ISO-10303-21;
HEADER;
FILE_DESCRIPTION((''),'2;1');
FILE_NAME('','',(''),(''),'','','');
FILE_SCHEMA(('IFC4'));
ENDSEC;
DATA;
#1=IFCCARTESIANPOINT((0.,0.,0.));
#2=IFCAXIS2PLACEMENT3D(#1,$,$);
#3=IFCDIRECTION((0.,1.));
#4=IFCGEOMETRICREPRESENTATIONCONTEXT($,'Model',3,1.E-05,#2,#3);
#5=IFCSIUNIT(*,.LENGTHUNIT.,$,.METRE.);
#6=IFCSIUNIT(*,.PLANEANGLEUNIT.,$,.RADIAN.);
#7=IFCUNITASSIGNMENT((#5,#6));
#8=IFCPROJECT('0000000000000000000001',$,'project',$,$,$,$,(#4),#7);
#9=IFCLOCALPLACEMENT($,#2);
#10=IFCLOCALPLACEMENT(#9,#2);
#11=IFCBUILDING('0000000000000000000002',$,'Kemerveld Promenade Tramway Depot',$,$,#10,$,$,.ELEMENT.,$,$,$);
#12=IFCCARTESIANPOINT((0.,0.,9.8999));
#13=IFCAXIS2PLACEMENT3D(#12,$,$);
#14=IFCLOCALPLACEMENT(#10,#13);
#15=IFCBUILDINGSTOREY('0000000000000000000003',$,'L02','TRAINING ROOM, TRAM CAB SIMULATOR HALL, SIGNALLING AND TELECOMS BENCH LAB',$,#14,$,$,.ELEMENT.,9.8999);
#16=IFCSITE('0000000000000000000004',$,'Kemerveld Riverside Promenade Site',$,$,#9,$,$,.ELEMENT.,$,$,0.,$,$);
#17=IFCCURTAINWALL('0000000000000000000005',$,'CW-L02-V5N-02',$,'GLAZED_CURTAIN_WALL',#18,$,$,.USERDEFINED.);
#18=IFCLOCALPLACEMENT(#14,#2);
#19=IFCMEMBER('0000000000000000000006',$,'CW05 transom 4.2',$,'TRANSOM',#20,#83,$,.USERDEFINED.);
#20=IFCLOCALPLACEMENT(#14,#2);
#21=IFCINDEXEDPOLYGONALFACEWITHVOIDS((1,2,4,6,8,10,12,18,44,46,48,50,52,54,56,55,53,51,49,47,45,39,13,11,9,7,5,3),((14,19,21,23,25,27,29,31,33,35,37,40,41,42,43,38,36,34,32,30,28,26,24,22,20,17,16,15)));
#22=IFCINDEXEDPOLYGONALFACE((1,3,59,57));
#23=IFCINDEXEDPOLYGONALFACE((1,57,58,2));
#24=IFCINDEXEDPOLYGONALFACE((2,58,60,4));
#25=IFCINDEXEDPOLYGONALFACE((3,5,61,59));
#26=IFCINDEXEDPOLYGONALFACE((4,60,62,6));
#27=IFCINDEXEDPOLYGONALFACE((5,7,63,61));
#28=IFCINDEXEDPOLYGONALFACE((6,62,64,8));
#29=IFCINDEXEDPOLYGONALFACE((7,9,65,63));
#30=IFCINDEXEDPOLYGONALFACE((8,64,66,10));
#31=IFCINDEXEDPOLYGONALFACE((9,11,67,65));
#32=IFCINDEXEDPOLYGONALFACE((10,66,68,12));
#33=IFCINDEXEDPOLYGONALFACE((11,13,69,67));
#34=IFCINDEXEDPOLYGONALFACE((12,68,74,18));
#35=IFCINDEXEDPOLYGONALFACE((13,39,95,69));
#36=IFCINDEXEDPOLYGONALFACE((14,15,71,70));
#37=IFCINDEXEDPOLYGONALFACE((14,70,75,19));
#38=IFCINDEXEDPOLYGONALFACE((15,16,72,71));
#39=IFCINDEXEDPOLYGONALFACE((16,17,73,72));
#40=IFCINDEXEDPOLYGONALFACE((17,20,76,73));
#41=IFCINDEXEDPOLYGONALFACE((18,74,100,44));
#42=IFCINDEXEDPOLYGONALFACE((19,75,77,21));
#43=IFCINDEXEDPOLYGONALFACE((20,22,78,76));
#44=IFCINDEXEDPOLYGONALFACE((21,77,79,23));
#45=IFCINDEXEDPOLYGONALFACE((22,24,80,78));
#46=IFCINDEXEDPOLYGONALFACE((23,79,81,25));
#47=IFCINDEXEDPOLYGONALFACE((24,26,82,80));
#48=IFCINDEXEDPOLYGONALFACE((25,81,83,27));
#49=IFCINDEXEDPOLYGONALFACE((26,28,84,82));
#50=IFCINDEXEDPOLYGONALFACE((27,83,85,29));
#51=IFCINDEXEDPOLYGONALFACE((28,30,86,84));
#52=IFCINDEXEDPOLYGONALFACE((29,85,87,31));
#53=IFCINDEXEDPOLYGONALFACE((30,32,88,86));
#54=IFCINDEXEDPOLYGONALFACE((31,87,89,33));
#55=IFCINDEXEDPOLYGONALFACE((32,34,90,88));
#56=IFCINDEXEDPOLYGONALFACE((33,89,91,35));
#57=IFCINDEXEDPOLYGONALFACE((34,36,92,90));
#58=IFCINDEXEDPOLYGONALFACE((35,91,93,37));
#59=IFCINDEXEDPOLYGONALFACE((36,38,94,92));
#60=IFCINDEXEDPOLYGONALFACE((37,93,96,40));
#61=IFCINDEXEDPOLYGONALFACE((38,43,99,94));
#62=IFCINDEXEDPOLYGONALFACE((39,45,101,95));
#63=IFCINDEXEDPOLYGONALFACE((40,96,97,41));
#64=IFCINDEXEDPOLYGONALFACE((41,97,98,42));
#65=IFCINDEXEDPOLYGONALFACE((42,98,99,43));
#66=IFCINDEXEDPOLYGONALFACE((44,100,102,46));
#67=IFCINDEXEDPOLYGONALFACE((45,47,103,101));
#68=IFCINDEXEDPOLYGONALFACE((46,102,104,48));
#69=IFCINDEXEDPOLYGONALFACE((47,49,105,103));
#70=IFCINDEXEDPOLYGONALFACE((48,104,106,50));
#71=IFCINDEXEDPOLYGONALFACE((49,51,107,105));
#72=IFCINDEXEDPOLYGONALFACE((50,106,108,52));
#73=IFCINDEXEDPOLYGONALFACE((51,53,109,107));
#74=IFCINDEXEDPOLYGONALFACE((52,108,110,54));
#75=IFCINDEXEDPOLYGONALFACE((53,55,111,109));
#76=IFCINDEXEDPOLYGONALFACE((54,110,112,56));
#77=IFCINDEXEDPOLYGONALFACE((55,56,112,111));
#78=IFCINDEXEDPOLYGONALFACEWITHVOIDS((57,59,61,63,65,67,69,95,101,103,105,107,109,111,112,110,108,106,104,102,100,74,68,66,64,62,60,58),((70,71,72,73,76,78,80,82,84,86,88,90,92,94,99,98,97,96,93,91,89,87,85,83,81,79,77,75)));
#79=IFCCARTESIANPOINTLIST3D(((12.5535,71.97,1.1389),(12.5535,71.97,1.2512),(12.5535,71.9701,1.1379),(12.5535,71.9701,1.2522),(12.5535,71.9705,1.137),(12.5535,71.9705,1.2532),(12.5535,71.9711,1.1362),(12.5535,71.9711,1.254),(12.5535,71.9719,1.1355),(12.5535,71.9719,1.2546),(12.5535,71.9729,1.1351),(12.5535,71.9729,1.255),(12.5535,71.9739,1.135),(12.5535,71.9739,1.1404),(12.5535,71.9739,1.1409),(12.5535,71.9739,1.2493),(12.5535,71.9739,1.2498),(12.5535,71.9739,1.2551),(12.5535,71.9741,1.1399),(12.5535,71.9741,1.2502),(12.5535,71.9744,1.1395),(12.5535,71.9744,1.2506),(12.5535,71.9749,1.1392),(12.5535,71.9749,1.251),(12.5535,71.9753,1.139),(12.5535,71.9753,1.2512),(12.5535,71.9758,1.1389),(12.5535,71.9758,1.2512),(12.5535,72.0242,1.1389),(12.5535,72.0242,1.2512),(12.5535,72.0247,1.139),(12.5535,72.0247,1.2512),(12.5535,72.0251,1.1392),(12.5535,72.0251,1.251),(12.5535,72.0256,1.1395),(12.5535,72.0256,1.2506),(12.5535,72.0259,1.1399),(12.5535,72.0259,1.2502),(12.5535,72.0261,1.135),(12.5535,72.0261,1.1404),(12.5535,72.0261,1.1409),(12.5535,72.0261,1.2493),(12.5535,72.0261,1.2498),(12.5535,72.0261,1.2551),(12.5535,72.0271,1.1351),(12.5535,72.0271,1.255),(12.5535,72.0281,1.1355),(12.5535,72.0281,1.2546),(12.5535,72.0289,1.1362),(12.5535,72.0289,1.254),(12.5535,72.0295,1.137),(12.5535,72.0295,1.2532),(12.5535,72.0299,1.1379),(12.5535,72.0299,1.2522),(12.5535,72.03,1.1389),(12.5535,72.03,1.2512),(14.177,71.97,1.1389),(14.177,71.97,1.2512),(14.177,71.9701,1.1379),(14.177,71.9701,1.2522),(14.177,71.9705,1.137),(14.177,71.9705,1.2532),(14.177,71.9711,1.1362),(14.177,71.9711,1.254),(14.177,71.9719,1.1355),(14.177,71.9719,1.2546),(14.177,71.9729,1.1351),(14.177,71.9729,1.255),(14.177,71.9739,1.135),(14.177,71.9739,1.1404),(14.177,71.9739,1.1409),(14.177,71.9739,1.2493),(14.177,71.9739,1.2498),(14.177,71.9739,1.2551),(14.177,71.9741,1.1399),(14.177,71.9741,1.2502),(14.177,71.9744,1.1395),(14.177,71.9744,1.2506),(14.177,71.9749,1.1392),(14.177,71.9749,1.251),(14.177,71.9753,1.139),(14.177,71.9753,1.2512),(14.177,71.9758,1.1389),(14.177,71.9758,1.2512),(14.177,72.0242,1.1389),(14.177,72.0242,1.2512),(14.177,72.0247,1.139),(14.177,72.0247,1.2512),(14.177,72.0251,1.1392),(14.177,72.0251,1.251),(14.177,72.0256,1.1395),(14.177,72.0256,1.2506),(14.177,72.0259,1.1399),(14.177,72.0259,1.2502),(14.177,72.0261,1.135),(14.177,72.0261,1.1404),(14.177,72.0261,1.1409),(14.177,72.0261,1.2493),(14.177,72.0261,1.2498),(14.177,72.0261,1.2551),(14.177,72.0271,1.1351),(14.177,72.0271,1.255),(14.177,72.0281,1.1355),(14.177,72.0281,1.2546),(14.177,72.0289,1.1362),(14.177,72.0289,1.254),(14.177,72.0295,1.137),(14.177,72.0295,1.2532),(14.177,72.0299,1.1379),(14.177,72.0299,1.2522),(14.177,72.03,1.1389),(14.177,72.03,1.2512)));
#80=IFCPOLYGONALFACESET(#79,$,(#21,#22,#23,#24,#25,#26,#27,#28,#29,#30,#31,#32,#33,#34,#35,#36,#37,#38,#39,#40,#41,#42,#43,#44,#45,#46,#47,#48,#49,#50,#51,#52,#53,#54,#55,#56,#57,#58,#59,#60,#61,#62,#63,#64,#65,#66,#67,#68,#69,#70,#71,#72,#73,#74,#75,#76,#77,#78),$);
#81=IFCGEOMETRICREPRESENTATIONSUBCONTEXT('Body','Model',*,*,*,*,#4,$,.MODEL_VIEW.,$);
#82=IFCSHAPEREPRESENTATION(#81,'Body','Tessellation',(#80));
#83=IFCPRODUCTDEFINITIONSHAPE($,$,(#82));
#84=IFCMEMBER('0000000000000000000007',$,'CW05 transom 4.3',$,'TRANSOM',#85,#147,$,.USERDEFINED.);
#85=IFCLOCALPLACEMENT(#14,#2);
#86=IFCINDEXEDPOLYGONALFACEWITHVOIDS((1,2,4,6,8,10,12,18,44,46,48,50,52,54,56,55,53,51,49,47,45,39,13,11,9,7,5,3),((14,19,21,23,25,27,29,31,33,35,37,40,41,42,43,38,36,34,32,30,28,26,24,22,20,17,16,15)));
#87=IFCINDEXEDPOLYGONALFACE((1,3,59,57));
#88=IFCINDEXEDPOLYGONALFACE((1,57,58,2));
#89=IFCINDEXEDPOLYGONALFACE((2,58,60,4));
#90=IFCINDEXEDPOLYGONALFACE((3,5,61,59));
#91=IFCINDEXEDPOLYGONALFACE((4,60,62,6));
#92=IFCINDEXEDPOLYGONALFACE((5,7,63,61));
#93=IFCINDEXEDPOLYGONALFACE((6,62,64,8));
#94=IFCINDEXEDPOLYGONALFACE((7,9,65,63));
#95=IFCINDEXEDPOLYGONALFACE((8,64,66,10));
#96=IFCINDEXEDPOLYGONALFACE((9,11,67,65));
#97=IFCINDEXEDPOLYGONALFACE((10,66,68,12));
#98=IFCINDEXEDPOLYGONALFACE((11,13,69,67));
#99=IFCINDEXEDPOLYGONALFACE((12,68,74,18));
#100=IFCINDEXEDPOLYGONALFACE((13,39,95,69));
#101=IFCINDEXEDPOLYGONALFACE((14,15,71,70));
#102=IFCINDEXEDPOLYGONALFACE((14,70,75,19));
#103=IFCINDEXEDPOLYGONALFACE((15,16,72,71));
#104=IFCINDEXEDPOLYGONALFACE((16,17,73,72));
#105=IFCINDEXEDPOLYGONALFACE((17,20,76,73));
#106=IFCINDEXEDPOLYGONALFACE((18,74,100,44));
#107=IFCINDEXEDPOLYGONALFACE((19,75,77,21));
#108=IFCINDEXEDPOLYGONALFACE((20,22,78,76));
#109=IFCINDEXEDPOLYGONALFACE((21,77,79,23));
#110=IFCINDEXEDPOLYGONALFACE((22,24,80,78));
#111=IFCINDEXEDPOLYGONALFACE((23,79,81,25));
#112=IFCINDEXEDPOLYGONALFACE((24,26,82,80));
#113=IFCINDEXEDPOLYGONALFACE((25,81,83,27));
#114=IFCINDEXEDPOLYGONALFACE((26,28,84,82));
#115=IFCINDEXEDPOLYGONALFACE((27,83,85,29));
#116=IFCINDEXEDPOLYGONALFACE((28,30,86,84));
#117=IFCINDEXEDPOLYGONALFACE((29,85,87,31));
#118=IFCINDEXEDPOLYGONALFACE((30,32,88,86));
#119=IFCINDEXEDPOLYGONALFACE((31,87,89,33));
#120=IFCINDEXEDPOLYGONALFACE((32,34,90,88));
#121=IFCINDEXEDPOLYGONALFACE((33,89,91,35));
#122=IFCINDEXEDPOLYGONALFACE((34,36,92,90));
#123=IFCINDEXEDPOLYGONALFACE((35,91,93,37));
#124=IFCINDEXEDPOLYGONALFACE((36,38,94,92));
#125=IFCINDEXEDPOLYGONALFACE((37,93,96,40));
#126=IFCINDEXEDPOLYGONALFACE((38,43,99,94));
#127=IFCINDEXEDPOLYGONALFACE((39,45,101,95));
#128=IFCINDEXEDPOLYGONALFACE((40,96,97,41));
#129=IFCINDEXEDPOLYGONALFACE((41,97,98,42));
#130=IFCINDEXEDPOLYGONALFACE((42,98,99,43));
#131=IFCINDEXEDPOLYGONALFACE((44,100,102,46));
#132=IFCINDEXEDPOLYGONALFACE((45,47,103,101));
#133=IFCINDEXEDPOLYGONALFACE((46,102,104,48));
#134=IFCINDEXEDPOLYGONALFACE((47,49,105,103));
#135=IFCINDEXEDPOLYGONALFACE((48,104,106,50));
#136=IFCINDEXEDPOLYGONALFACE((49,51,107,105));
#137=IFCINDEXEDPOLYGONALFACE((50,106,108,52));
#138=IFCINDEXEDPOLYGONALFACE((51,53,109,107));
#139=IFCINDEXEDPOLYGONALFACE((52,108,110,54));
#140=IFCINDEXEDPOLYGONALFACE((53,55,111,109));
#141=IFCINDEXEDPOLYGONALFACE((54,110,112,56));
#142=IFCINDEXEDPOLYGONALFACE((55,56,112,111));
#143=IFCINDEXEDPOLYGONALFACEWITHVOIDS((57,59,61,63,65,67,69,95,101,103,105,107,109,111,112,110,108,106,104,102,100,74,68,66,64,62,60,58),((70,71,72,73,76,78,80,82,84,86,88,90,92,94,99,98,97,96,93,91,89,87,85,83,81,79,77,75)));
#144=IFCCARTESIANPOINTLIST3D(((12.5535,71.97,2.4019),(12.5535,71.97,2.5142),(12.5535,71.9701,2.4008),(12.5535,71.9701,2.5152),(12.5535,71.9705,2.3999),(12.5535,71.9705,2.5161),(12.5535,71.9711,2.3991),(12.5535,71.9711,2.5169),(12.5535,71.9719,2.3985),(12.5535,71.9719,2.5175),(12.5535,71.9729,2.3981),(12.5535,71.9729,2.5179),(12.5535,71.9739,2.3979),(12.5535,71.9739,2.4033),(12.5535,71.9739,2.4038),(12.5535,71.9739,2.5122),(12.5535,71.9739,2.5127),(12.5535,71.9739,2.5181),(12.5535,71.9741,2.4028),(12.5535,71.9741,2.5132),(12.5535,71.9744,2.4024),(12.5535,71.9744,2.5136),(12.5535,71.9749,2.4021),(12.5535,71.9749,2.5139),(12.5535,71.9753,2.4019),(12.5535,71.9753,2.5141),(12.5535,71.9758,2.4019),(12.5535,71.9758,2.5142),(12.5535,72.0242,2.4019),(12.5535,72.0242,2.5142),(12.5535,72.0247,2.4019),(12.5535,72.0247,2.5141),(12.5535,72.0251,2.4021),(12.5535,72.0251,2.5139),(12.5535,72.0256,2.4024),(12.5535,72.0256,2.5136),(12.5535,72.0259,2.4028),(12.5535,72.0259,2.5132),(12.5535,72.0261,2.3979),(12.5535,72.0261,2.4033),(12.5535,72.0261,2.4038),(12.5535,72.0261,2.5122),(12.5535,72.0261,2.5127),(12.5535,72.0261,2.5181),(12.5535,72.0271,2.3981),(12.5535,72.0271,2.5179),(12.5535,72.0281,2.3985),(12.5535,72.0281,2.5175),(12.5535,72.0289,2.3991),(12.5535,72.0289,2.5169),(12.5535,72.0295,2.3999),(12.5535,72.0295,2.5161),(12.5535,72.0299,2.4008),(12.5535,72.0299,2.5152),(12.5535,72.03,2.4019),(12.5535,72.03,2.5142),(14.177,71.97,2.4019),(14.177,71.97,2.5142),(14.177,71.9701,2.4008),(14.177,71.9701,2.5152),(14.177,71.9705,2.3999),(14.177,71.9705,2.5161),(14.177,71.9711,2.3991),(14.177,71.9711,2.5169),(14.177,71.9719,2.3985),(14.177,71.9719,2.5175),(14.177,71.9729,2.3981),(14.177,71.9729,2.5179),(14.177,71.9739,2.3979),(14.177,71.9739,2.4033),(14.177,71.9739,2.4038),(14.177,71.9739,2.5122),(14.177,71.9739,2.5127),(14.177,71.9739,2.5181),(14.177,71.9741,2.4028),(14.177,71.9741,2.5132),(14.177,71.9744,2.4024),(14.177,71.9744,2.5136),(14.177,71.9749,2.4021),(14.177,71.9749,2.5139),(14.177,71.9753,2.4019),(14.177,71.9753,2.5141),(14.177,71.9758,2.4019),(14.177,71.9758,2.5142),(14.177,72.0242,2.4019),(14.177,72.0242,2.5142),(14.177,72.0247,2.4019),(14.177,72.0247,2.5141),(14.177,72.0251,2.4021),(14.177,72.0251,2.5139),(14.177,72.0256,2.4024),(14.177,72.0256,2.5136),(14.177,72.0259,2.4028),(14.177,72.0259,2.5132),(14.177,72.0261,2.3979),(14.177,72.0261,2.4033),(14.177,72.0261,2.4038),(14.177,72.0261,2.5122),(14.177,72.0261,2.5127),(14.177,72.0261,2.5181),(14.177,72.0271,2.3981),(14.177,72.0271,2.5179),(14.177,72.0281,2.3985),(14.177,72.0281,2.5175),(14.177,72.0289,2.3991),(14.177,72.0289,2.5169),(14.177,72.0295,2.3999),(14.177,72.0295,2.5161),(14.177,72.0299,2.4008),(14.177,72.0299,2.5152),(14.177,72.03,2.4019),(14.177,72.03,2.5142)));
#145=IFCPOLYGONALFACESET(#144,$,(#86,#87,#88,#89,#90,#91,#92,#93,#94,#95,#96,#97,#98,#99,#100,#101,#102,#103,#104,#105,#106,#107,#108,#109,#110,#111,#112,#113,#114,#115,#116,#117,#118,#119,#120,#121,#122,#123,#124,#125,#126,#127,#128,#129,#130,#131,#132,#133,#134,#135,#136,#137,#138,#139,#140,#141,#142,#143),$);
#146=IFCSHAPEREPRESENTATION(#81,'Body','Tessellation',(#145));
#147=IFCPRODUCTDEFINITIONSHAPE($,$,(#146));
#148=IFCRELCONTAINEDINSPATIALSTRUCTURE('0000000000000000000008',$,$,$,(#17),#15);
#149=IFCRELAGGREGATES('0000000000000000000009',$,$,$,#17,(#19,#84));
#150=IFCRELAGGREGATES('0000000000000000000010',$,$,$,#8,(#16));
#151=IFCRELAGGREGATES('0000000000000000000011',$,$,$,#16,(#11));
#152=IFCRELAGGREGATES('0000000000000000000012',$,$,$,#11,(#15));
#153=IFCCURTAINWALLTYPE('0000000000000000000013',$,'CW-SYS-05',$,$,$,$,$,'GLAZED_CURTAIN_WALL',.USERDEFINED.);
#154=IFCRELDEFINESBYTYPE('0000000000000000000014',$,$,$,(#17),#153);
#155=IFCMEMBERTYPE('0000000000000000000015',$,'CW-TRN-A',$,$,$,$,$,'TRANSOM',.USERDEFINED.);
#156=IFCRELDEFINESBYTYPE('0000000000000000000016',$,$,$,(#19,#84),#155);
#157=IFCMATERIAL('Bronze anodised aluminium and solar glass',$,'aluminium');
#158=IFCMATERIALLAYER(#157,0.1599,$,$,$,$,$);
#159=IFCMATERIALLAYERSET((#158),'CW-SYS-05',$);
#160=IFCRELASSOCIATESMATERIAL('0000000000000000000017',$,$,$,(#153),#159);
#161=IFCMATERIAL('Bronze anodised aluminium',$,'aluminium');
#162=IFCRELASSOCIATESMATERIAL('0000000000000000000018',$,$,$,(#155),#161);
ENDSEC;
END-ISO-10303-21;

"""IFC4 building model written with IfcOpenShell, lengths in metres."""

from ifc_helpers import new_model, si_unit, direction, frame, origin, origin_2d, place, context, subcontext, project, spatial, hollow_rectangle, extrude, material, layer, layer_set, material_profile, profile_set, type_object, element, aggregate, save


model = new_model("IFC4")

# Units and contexts
model_context = context("Model", 3, precision=1e-05, world=origin(), true_north=direction((0.0, 1.0)))
body_context = subcontext(model_context, "Body", "Model", "MODEL_VIEW")
ifc_project = project(units=[si_unit("LENGTHUNIT", "METRE"), si_unit("PLANEANGLEUNIT", "RADIAN")], contexts=[model_context])

# Site, building, storey
site_placement = place(None, origin())
site = spatial("IfcSite", under=ifc_project, at=site_placement, Name="Kemerveld Riverside Promenade Site", CompositionType="ELEMENT", RefElevation=0.0)
building_placement = place(site_placement, origin())
building = spatial("IfcBuilding", under=site, at=building_placement, Name="Kemerveld Promenade Tramway Depot", CompositionType="ELEMENT")
storey_placement = place(building_placement, frame((0.0, 0.0, 9.8999)))
storey = spatial("IfcBuildingStorey", under=building, at=storey_placement, Name="L02", Description="TRAINING ROOM, TRAM CAB SIMULATOR HALL, SIGNALLING AND TELECOMS BENCH LAB", CompositionType="ELEMENT", Elevation=9.8999)

# Curtain wall
ifc_material_1 = material(Name="Bronze anodised aluminium and solar glass", Category="aluminium")
ifc_layer_1 = layer(ifc_material_1, 0.1599)
ifc_layer_set_1 = layer_set([ifc_layer_1], Name="CW-SYS-05")
curtain_wall_type_1 = type_object("IfcCurtainWallType", Name="CW-SYS-05", ElementType="GLAZED_CURTAIN_WALL", PredefinedType="USERDEFINED", material=ifc_layer_set_1)
curtain_wall_1_placement = place(storey_placement, origin())
curtain_wall_1 = element("IfcCurtainWall", 1, at=curtain_wall_1_placement, inside=storey, type_object=curtain_wall_type_1, Name="CW-L02-V5N-02", ObjectType="GLAZED_CURTAIN_WALL", PredefinedType="USERDEFINED")
ifc_material_2 = material(Name="Bronze anodised aluminium", Category="aluminium")

# Members
ifc_material_profile_1 = material_profile(ifc_material_2, hollow_rectangle(XDim=0.0601, YDim=0.1201, WallThickness=0.0039, InnerFilletRadius=0.002, OuterFilletRadius=0.0039, at=origin_2d()), Name="CW-TRN-120x60")
ifc_profile_set_1 = profile_set([ifc_material_profile_1], Name="Bronze anodised aluminium")
member_type_1 = type_object("IfcMemberType", Name="CW-TRN-A", ElementType="TRANSOM", PredefinedType="USERDEFINED", material=ifc_profile_set_1)
member_1_placement = place(storey_placement, frame((12.5535, 72.0, 1.1951), z_axis=(1.0, 0.0, 0.0), x_axis=(0.0, 1.0, 0.0)))
member_1 = element("IfcMember", 2, at=member_1_placement, type_object=member_type_1, Name="CW05 transom 4.2", ObjectType="TRANSOM", PredefinedType="USERDEFINED", context=body_context, shape_type="SweptSolid", body=[
    extrude(hollow_rectangle(XDim=0.0601, YDim=0.1201, WallThickness=0.0039, InnerFilletRadius=0.002, OuterFilletRadius=0.0039, at=origin_2d()), origin(), (0.0, 0.0, 1.0), 1.6235),
])
member_2_placement = place(storey_placement, frame((12.5535, 72.0, 2.458), z_axis=(1.0, 0.0, 0.0), x_axis=(0.0, 1.0, 0.0)))
member_2 = element("IfcMember", 3, at=member_2_placement, type_object=member_type_1, Name="CW05 transom 4.3", ObjectType="TRANSOM", PredefinedType="USERDEFINED", context=body_context, shape_type="SweptSolid", body=[
    extrude(hollow_rectangle(XDim=0.0601, YDim=0.1201, WallThickness=0.0039, InnerFilletRadius=0.002, OuterFilletRadius=0.0039, at=origin_2d()), origin(), (0.0, 0.0, 1.0), 1.6235),
])

aggregate(curtain_wall_1, [member_1, member_2])

save(model, "model.ifc")
